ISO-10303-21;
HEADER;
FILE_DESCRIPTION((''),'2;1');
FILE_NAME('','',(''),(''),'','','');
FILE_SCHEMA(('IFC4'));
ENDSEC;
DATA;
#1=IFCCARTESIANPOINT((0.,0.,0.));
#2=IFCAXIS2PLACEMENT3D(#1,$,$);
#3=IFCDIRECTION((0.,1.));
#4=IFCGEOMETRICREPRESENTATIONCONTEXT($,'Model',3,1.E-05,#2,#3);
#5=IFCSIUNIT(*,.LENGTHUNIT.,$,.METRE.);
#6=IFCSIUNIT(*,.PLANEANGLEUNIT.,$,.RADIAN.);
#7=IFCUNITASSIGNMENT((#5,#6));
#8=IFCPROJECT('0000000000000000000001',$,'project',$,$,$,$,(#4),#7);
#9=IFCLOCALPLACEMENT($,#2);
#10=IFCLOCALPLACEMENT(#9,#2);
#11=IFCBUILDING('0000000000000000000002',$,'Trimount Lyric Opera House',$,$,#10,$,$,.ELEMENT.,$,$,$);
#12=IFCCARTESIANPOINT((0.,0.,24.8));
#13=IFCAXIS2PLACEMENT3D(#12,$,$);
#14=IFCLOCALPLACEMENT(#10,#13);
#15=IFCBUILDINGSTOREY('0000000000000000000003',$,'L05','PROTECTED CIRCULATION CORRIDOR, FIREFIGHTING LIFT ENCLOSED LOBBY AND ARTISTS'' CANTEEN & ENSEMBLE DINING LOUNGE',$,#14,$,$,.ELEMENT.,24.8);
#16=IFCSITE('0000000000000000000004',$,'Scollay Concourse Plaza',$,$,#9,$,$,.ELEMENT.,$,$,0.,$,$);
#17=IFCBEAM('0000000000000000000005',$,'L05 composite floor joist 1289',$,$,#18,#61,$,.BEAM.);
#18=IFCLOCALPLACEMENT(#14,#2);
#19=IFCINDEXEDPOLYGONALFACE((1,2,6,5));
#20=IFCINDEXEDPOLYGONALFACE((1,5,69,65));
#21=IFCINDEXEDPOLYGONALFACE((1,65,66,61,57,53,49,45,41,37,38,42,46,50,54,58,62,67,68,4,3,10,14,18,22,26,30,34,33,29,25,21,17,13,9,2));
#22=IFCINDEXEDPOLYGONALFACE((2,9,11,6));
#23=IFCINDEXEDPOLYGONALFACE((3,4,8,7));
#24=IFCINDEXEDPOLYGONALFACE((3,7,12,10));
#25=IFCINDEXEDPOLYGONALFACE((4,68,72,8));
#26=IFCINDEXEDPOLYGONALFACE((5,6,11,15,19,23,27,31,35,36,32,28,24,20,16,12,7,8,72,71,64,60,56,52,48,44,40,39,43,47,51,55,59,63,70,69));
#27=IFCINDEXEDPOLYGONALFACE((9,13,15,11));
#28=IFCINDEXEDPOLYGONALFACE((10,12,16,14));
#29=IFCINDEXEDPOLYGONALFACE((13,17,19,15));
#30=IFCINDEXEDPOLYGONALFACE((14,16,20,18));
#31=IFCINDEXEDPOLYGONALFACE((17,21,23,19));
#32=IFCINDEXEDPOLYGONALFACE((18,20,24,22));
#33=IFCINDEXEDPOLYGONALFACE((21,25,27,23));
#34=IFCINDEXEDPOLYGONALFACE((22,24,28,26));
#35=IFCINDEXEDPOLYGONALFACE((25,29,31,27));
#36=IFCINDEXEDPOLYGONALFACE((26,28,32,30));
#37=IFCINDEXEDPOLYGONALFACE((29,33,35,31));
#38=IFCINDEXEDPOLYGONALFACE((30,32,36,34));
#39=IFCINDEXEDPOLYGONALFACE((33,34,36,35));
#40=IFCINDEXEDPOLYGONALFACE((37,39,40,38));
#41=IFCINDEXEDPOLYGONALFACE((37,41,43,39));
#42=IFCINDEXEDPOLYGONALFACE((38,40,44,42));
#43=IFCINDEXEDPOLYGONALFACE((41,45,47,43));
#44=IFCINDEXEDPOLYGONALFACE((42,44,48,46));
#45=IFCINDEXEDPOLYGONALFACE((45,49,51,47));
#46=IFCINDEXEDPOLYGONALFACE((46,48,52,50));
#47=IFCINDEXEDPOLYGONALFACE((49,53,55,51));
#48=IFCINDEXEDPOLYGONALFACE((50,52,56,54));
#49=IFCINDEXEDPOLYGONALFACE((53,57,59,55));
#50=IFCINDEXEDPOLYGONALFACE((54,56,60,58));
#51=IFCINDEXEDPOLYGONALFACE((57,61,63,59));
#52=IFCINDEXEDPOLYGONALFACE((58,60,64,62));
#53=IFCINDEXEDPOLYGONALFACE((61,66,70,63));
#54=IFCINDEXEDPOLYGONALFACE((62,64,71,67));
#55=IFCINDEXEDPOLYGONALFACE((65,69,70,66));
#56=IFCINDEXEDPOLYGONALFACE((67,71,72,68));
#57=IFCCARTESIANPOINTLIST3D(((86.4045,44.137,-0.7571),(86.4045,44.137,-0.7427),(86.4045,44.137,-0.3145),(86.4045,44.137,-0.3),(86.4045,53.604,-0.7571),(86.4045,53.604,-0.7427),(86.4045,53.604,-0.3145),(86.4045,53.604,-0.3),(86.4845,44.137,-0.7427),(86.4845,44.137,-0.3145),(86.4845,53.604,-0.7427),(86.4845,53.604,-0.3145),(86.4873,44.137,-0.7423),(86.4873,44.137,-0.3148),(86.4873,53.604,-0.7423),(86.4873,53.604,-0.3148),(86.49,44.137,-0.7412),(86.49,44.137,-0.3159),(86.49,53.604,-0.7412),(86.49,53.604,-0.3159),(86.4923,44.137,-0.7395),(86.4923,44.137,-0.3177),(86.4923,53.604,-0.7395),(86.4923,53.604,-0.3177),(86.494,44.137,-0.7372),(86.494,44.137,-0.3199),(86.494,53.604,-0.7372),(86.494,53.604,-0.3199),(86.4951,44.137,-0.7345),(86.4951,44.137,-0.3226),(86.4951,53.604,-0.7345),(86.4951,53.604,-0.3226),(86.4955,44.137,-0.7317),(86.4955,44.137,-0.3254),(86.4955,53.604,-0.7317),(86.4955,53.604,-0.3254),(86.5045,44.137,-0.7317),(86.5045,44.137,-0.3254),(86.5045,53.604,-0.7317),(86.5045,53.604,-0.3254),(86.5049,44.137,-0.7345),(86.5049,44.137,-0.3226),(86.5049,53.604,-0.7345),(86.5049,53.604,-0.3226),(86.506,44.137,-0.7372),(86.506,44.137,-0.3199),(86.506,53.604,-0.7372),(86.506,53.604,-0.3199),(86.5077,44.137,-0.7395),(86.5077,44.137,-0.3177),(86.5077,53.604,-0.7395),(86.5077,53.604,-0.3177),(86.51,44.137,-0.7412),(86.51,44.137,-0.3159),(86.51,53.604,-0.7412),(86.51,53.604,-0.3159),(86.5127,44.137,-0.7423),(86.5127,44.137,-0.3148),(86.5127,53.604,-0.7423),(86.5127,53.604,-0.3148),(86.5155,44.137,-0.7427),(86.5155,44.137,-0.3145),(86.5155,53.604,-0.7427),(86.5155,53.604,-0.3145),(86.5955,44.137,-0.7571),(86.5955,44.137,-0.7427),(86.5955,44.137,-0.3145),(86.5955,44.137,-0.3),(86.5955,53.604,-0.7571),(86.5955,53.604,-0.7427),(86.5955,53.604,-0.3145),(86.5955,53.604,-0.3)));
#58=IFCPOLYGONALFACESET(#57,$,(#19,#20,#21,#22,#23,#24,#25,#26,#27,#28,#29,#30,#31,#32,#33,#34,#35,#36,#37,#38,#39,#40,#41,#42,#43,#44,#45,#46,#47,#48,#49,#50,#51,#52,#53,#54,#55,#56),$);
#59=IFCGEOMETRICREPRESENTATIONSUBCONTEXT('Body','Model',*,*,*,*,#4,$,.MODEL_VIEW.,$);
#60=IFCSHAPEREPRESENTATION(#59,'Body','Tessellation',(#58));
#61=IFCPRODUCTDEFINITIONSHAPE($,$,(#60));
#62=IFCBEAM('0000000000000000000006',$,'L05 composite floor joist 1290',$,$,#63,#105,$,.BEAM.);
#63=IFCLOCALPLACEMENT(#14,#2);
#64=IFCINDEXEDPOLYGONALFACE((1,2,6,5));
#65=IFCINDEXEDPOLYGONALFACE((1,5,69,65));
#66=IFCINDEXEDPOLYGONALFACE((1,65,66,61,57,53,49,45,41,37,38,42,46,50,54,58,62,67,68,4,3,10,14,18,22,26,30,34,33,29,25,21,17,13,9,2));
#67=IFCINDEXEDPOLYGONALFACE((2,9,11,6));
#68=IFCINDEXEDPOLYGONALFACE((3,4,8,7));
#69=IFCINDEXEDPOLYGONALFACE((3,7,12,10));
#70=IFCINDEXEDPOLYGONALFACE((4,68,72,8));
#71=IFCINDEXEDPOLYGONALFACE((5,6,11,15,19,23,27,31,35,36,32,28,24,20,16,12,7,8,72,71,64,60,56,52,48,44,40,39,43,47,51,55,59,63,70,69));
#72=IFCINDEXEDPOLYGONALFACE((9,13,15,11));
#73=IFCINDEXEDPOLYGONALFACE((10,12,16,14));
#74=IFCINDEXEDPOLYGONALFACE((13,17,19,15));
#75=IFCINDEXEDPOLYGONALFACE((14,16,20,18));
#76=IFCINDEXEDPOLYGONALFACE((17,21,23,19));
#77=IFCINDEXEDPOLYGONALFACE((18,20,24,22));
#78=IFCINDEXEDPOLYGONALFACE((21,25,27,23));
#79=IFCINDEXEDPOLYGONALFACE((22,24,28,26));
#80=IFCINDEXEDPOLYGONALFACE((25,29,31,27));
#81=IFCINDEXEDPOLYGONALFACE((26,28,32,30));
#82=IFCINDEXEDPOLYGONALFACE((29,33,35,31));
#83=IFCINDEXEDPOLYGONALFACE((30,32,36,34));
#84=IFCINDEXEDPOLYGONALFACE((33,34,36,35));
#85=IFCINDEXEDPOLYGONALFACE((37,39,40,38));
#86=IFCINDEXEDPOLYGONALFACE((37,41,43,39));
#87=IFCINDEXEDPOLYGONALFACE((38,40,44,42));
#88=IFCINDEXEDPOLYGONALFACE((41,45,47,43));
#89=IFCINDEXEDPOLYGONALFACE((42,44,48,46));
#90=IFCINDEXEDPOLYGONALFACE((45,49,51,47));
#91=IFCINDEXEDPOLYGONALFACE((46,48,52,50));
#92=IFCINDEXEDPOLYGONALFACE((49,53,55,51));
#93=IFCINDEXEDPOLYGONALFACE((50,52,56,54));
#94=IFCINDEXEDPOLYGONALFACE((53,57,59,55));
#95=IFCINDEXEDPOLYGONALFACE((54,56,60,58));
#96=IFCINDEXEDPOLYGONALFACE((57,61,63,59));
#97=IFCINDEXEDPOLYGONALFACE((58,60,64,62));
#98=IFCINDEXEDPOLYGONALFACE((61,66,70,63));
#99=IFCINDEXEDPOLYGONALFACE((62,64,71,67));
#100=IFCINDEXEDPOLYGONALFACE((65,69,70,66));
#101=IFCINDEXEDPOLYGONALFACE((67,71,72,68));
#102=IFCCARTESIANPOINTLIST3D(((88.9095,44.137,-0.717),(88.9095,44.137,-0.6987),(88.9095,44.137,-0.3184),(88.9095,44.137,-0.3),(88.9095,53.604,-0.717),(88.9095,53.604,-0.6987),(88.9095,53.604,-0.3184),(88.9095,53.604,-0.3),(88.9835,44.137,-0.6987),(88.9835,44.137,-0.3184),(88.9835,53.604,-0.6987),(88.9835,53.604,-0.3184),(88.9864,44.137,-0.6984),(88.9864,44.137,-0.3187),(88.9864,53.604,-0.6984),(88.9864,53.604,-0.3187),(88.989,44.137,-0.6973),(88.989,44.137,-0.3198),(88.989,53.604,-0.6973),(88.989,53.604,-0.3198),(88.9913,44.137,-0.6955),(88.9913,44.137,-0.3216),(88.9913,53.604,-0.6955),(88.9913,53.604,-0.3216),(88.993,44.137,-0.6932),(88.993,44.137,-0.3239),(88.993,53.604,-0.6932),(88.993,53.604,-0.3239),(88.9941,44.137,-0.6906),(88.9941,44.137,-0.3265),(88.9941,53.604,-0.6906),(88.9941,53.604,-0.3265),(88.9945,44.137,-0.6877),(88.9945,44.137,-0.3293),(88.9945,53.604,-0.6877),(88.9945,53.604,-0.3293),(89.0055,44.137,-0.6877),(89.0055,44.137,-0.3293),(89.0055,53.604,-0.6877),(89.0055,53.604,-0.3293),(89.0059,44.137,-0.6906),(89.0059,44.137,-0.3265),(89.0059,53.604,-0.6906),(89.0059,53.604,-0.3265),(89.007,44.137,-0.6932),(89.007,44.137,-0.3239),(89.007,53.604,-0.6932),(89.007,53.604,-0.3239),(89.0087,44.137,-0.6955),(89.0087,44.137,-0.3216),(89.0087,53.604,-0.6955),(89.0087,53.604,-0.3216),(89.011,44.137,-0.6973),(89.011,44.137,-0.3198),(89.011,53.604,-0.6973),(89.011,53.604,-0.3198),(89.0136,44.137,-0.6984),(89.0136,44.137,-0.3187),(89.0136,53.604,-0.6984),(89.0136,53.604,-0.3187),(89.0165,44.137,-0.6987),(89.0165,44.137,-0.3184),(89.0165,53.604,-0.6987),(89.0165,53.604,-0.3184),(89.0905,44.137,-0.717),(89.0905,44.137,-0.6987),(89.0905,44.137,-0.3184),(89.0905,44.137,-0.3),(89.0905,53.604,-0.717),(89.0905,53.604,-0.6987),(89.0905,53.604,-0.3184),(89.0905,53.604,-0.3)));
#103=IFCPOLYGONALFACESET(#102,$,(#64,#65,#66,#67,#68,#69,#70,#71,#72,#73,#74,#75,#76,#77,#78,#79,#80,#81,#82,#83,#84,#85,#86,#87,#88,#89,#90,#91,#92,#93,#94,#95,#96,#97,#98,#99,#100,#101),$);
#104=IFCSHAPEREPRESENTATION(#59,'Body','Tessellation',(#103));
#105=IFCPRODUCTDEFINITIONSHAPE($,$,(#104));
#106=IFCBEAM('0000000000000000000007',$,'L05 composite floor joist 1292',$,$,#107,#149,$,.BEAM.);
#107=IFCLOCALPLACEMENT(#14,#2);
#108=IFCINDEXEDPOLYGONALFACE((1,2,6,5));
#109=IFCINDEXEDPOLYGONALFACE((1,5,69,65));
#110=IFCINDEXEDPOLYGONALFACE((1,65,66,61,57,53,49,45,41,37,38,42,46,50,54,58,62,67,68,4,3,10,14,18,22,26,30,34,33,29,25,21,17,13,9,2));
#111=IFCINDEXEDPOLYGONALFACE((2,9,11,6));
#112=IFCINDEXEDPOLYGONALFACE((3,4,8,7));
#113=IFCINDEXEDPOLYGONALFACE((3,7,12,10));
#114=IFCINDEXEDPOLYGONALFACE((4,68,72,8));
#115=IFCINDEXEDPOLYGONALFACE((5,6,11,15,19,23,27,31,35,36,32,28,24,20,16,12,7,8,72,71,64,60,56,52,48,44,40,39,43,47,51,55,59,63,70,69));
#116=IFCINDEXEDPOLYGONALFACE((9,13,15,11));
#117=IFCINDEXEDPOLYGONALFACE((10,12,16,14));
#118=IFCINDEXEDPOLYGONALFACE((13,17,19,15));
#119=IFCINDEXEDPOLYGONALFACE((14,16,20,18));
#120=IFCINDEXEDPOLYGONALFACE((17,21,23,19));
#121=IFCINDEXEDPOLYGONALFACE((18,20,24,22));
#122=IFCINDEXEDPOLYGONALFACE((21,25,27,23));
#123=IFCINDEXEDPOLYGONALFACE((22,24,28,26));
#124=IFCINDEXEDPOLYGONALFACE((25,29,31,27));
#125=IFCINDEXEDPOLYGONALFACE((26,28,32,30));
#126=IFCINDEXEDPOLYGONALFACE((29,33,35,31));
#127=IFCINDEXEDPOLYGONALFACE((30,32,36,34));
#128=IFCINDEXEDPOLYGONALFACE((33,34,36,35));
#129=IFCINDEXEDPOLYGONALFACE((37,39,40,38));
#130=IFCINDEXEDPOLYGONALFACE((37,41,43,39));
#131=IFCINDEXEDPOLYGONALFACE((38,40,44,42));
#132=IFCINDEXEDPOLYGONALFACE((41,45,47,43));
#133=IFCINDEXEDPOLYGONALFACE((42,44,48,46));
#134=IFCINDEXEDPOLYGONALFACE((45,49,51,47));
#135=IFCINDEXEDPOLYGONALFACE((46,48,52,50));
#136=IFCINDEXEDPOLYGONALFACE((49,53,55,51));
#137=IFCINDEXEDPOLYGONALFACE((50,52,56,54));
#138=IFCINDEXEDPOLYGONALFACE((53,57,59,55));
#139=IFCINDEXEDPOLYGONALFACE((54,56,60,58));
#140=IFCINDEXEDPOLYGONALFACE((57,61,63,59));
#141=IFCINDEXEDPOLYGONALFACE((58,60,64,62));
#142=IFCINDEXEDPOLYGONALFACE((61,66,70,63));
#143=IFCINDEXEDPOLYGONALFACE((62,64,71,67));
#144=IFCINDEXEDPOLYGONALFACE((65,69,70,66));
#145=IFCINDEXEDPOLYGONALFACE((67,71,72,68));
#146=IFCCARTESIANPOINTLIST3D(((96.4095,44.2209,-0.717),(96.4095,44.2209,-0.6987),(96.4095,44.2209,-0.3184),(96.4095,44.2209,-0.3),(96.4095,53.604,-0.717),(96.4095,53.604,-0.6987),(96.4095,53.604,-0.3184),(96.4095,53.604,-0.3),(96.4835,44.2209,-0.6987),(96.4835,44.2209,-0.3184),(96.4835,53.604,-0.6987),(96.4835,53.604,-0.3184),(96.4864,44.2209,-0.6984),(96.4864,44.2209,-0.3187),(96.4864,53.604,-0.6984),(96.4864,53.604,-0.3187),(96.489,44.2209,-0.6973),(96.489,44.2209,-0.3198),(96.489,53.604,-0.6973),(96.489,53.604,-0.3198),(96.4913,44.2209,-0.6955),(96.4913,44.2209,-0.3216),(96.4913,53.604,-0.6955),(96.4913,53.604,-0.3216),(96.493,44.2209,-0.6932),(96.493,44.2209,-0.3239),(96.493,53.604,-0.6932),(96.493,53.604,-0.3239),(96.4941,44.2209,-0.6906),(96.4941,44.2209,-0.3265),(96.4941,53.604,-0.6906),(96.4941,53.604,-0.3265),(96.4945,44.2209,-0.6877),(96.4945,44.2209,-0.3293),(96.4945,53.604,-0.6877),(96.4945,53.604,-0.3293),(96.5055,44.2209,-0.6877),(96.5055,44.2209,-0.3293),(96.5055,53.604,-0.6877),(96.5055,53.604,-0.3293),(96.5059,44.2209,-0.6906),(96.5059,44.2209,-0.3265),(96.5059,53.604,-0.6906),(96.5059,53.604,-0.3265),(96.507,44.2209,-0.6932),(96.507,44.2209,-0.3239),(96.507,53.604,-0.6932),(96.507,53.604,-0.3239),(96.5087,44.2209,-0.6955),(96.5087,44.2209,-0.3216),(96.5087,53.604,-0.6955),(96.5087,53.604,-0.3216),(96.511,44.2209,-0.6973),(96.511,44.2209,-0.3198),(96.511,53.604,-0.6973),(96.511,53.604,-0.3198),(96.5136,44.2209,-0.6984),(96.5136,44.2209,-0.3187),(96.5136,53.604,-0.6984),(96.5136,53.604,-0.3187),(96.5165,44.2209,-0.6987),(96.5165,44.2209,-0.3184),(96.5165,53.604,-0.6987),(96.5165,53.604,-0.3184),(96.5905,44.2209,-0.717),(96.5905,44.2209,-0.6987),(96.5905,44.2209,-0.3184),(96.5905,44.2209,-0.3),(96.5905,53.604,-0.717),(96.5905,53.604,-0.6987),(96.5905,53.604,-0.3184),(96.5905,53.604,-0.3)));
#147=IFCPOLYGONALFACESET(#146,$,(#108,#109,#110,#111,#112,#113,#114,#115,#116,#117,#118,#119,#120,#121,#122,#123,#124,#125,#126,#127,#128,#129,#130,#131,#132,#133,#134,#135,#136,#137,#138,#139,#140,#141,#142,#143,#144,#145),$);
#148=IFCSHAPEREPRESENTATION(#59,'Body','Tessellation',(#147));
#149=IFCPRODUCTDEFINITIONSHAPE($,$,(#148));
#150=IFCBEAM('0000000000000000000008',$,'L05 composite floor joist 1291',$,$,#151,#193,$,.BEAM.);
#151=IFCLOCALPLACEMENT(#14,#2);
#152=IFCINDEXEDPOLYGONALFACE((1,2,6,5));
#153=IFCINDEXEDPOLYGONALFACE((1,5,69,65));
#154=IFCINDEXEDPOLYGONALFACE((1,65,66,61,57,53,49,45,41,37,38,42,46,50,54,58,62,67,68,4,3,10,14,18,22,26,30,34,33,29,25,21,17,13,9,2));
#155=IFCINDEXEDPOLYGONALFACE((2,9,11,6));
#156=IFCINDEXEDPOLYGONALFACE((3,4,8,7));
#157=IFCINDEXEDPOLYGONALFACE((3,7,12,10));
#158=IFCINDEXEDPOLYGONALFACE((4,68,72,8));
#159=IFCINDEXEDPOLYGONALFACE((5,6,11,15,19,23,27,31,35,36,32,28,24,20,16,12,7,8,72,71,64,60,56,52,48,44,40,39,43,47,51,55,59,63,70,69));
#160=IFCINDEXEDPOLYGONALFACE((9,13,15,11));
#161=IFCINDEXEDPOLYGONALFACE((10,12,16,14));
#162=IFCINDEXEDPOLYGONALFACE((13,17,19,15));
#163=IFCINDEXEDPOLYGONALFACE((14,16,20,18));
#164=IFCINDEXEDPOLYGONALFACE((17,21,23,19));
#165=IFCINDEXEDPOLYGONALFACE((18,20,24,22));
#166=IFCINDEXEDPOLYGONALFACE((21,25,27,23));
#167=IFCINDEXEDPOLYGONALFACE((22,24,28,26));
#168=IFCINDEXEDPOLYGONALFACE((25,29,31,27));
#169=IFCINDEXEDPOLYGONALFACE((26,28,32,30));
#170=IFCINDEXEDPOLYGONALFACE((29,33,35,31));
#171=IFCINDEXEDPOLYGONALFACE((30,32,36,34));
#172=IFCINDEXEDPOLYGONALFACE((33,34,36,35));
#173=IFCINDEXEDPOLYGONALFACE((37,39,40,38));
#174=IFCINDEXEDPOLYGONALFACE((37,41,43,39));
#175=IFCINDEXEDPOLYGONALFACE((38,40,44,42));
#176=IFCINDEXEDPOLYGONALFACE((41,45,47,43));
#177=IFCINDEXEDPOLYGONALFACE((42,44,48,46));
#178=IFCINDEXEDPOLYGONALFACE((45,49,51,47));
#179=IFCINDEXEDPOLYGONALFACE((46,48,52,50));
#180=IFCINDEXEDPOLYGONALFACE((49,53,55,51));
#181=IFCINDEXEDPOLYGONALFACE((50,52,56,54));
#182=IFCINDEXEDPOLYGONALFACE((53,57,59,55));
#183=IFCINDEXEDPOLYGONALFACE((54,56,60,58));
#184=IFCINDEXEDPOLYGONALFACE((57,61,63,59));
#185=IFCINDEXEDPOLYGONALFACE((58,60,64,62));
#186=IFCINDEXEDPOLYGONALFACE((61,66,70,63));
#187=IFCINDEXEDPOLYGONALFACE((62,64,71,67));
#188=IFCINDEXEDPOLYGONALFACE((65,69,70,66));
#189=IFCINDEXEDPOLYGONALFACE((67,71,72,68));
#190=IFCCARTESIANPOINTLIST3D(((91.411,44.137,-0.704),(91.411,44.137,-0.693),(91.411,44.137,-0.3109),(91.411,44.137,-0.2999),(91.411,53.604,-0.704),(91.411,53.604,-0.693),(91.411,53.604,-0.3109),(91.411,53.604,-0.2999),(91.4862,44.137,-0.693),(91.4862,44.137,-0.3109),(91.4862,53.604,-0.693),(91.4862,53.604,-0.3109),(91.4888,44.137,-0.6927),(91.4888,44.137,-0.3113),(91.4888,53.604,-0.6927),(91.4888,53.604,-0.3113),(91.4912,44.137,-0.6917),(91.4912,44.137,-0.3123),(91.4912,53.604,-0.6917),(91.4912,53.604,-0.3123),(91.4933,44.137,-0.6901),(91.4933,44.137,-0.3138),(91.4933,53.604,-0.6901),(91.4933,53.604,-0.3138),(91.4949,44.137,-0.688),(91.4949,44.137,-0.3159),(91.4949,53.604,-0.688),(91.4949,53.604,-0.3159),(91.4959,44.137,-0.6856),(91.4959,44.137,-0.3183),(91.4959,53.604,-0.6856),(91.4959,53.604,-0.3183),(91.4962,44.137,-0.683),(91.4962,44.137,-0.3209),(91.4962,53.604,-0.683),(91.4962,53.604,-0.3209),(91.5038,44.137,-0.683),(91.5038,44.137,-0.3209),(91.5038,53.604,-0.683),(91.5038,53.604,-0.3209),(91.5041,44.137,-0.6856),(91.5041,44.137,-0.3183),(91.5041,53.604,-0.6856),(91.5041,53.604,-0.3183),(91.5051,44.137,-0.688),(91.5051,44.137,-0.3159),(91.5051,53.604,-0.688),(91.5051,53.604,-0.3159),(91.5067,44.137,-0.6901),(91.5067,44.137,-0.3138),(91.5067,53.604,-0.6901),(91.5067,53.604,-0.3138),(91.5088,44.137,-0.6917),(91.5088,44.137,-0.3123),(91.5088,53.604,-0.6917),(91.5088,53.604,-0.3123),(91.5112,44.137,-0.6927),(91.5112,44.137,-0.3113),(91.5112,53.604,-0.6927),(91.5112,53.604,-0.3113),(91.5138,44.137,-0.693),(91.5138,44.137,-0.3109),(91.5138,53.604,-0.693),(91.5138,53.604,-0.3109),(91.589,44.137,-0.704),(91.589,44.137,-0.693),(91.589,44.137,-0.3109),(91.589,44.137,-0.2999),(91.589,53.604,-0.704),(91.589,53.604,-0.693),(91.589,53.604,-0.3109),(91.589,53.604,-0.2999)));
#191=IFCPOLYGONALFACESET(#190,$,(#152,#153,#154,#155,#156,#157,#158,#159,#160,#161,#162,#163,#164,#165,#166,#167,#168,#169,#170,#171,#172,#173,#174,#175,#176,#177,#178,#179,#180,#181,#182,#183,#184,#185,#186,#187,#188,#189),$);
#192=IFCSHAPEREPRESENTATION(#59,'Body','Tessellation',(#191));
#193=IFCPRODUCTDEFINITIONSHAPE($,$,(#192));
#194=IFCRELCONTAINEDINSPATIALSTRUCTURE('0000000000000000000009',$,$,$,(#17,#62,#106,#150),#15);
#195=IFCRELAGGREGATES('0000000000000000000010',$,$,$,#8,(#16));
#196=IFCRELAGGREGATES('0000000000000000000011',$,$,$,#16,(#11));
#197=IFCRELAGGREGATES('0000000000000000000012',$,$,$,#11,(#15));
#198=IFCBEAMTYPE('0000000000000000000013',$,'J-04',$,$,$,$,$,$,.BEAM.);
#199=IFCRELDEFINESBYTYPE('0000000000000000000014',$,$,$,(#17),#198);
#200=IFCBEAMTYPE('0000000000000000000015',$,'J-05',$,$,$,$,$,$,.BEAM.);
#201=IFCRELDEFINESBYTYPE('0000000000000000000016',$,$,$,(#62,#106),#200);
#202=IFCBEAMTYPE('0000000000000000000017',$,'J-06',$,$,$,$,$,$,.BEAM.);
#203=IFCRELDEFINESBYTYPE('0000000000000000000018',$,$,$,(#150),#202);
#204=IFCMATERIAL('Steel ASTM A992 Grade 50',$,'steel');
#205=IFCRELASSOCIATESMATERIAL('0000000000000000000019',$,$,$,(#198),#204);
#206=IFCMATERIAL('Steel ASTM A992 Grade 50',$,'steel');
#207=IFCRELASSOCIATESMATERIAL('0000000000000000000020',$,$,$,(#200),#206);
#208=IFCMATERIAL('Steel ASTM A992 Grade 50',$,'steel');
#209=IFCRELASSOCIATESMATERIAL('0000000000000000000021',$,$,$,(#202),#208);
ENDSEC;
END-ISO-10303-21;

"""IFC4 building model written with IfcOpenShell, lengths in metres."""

from ifc_helpers import new_model, si_unit, direction, frame, origin, origin_2d, place, context, subcontext, project, spatial, i_section, extrude, material, material_profile, profile_set, type_object, element, save


model = new_model("IFC4")

# Units and contexts
model_context = context("Model", 3, precision=1e-05, world=origin(), true_north=direction((0.0, 1.0)))
body_context = subcontext(model_context, "Body", "Model", "MODEL_VIEW")
ifc_project = project(units=[si_unit("LENGTHUNIT", "METRE"), si_unit("PLANEANGLEUNIT", "RADIAN")], contexts=[model_context])

# Site, building, storey
site_placement = place(None, origin())
site = spatial("IfcSite", under=ifc_project, at=site_placement, Name="Scollay Concourse Plaza", CompositionType="ELEMENT", RefElevation=0.0)
building_placement = place(site_placement, origin())
building = spatial("IfcBuilding", under=site, at=building_placement, Name="Trimount Lyric Opera House", CompositionType="ELEMENT")
storey_placement = place(building_placement, frame((0.0, 0.0, 24.8)))
storey = spatial("IfcBuildingStorey", under=building, at=storey_placement, Name="L05", Description="PROTECTED CIRCULATION CORRIDOR, FIREFIGHTING LIFT ENCLOSED LOBBY AND ARTISTS' CANTEEN & ENSEMBLE DINING LOUNGE", CompositionType="ELEMENT", Elevation=24.8)

# Beams
ifc_material_1 = material(Name="Steel ASTM A992 Grade 50", Category="steel")
ifc_material_profile_1 = material_profile(ifc_material_1, i_section(OverallWidth=0.1909, OverallDepth=0.457, WebThickness=0.009, FlangeThickness=0.0144, FilletRadius=0.011, at=origin_2d()), Name="W18X50")
ifc_profile_set_1 = profile_set([ifc_material_profile_1], Name="Steel ASTM A992 Grade 50")
beam_type_1 = type_object("IfcBeamType", Name="J-04", PredefinedType="BEAM", material=ifc_profile_set_1)
beam_1_placement = place(storey_placement, frame((86.5, 44.137, -0.5286), z_axis=(0.0, 1.0, 0.0), x_axis=(-1.0, 0.0, 0.0)))
element("IfcBeam", 1, at=beam_1_placement, inside=storey, type_object=beam_type_1, Name="L05 composite floor joist 1289", PredefinedType="BEAM", context=body_context, shape_type="SweptSolid", body=[
    extrude(i_section(OverallWidth=0.1909, OverallDepth=0.457, WebThickness=0.009, FlangeThickness=0.0144, FilletRadius=0.011, at=origin_2d()), origin(), (0.0, 0.0, 1.0), 9.467),
])
ifc_material_2 = material(Name="Steel ASTM A992 Grade 50", Category="steel")
ifc_material_profile_2 = material_profile(ifc_material_2, i_section(OverallWidth=0.1809, OverallDepth=0.417, WebThickness=0.011, FlangeThickness=0.0183, FilletRadius=0.011, at=origin_2d()), Name="W16X57")
ifc_profile_set_2 = profile_set([ifc_material_profile_2], Name="Steel ASTM A992 Grade 50")
beam_type_2 = type_object("IfcBeamType", Name="J-05", PredefinedType="BEAM", material=ifc_profile_set_2)
beam_2_placement = place(storey_placement, frame((89.0, 44.137, -0.5085), z_axis=(0.0, 1.0, 0.0), x_axis=(-1.0, 0.0, 0.0)))
element("IfcBeam", 2, at=beam_2_placement, inside=storey, type_object=beam_type_2, Name="L05 composite floor joist 1290", PredefinedType="BEAM", context=body_context, shape_type="SweptSolid", body=[
    extrude(i_section(OverallWidth=0.1809, OverallDepth=0.417, WebThickness=0.011, FlangeThickness=0.0183, FilletRadius=0.011, at=origin_2d()), origin(), (0.0, 0.0, 1.0), 9.467),
])
beam_3_placement = place(storey_placement, frame((96.5, 44.2209, -0.5085), z_axis=(0.0, 1.0, 0.0), x_axis=(-1.0, 0.0, 0.0)))
element("IfcBeam", 3, at=beam_3_placement, inside=storey, type_object=beam_type_2, Name="L05 composite floor joist 1292", PredefinedType="BEAM", context=body_context, shape_type="SweptSolid", body=[
    extrude(i_section(OverallWidth=0.1809, OverallDepth=0.417, WebThickness=0.011, FlangeThickness=0.0183, FilletRadius=0.011, at=origin_2d()), origin(), (0.0, 0.0, 1.0), 9.3831),
])
ifc_material_3 = material(Name="Steel ASTM A992 Grade 50", Category="steel")
ifc_material_profile_3 = material_profile(ifc_material_3, i_section(OverallWidth=0.178, OverallDepth=0.4041, WebThickness=0.0076, FlangeThickness=0.011, FilletRadius=0.01, at=origin_2d()), Name="W16X36")
ifc_profile_set_3 = profile_set([ifc_material_profile_3], Name="Steel ASTM A992 Grade 50")
beam_type_3 = type_object("IfcBeamType", Name="J-06", PredefinedType="BEAM", material=ifc_profile_set_3)
beam_4_placement = place(storey_placement, frame((91.5, 44.137, -0.502), z_axis=(0.0, 1.0, 0.0), x_axis=(-1.0, 0.0, 0.0)))
element("IfcBeam", 4, at=beam_4_placement, inside=storey, type_object=beam_type_3, Name="L05 composite floor joist 1291", PredefinedType="BEAM", context=body_context, shape_type="SweptSolid", body=[
    extrude(i_section(OverallWidth=0.178, OverallDepth=0.4041, WebThickness=0.0076, FlangeThickness=0.011, FilletRadius=0.01, at=origin_2d()), origin(), (0.0, 0.0, 1.0), 9.467),
])

save(model, "model.ifc")
